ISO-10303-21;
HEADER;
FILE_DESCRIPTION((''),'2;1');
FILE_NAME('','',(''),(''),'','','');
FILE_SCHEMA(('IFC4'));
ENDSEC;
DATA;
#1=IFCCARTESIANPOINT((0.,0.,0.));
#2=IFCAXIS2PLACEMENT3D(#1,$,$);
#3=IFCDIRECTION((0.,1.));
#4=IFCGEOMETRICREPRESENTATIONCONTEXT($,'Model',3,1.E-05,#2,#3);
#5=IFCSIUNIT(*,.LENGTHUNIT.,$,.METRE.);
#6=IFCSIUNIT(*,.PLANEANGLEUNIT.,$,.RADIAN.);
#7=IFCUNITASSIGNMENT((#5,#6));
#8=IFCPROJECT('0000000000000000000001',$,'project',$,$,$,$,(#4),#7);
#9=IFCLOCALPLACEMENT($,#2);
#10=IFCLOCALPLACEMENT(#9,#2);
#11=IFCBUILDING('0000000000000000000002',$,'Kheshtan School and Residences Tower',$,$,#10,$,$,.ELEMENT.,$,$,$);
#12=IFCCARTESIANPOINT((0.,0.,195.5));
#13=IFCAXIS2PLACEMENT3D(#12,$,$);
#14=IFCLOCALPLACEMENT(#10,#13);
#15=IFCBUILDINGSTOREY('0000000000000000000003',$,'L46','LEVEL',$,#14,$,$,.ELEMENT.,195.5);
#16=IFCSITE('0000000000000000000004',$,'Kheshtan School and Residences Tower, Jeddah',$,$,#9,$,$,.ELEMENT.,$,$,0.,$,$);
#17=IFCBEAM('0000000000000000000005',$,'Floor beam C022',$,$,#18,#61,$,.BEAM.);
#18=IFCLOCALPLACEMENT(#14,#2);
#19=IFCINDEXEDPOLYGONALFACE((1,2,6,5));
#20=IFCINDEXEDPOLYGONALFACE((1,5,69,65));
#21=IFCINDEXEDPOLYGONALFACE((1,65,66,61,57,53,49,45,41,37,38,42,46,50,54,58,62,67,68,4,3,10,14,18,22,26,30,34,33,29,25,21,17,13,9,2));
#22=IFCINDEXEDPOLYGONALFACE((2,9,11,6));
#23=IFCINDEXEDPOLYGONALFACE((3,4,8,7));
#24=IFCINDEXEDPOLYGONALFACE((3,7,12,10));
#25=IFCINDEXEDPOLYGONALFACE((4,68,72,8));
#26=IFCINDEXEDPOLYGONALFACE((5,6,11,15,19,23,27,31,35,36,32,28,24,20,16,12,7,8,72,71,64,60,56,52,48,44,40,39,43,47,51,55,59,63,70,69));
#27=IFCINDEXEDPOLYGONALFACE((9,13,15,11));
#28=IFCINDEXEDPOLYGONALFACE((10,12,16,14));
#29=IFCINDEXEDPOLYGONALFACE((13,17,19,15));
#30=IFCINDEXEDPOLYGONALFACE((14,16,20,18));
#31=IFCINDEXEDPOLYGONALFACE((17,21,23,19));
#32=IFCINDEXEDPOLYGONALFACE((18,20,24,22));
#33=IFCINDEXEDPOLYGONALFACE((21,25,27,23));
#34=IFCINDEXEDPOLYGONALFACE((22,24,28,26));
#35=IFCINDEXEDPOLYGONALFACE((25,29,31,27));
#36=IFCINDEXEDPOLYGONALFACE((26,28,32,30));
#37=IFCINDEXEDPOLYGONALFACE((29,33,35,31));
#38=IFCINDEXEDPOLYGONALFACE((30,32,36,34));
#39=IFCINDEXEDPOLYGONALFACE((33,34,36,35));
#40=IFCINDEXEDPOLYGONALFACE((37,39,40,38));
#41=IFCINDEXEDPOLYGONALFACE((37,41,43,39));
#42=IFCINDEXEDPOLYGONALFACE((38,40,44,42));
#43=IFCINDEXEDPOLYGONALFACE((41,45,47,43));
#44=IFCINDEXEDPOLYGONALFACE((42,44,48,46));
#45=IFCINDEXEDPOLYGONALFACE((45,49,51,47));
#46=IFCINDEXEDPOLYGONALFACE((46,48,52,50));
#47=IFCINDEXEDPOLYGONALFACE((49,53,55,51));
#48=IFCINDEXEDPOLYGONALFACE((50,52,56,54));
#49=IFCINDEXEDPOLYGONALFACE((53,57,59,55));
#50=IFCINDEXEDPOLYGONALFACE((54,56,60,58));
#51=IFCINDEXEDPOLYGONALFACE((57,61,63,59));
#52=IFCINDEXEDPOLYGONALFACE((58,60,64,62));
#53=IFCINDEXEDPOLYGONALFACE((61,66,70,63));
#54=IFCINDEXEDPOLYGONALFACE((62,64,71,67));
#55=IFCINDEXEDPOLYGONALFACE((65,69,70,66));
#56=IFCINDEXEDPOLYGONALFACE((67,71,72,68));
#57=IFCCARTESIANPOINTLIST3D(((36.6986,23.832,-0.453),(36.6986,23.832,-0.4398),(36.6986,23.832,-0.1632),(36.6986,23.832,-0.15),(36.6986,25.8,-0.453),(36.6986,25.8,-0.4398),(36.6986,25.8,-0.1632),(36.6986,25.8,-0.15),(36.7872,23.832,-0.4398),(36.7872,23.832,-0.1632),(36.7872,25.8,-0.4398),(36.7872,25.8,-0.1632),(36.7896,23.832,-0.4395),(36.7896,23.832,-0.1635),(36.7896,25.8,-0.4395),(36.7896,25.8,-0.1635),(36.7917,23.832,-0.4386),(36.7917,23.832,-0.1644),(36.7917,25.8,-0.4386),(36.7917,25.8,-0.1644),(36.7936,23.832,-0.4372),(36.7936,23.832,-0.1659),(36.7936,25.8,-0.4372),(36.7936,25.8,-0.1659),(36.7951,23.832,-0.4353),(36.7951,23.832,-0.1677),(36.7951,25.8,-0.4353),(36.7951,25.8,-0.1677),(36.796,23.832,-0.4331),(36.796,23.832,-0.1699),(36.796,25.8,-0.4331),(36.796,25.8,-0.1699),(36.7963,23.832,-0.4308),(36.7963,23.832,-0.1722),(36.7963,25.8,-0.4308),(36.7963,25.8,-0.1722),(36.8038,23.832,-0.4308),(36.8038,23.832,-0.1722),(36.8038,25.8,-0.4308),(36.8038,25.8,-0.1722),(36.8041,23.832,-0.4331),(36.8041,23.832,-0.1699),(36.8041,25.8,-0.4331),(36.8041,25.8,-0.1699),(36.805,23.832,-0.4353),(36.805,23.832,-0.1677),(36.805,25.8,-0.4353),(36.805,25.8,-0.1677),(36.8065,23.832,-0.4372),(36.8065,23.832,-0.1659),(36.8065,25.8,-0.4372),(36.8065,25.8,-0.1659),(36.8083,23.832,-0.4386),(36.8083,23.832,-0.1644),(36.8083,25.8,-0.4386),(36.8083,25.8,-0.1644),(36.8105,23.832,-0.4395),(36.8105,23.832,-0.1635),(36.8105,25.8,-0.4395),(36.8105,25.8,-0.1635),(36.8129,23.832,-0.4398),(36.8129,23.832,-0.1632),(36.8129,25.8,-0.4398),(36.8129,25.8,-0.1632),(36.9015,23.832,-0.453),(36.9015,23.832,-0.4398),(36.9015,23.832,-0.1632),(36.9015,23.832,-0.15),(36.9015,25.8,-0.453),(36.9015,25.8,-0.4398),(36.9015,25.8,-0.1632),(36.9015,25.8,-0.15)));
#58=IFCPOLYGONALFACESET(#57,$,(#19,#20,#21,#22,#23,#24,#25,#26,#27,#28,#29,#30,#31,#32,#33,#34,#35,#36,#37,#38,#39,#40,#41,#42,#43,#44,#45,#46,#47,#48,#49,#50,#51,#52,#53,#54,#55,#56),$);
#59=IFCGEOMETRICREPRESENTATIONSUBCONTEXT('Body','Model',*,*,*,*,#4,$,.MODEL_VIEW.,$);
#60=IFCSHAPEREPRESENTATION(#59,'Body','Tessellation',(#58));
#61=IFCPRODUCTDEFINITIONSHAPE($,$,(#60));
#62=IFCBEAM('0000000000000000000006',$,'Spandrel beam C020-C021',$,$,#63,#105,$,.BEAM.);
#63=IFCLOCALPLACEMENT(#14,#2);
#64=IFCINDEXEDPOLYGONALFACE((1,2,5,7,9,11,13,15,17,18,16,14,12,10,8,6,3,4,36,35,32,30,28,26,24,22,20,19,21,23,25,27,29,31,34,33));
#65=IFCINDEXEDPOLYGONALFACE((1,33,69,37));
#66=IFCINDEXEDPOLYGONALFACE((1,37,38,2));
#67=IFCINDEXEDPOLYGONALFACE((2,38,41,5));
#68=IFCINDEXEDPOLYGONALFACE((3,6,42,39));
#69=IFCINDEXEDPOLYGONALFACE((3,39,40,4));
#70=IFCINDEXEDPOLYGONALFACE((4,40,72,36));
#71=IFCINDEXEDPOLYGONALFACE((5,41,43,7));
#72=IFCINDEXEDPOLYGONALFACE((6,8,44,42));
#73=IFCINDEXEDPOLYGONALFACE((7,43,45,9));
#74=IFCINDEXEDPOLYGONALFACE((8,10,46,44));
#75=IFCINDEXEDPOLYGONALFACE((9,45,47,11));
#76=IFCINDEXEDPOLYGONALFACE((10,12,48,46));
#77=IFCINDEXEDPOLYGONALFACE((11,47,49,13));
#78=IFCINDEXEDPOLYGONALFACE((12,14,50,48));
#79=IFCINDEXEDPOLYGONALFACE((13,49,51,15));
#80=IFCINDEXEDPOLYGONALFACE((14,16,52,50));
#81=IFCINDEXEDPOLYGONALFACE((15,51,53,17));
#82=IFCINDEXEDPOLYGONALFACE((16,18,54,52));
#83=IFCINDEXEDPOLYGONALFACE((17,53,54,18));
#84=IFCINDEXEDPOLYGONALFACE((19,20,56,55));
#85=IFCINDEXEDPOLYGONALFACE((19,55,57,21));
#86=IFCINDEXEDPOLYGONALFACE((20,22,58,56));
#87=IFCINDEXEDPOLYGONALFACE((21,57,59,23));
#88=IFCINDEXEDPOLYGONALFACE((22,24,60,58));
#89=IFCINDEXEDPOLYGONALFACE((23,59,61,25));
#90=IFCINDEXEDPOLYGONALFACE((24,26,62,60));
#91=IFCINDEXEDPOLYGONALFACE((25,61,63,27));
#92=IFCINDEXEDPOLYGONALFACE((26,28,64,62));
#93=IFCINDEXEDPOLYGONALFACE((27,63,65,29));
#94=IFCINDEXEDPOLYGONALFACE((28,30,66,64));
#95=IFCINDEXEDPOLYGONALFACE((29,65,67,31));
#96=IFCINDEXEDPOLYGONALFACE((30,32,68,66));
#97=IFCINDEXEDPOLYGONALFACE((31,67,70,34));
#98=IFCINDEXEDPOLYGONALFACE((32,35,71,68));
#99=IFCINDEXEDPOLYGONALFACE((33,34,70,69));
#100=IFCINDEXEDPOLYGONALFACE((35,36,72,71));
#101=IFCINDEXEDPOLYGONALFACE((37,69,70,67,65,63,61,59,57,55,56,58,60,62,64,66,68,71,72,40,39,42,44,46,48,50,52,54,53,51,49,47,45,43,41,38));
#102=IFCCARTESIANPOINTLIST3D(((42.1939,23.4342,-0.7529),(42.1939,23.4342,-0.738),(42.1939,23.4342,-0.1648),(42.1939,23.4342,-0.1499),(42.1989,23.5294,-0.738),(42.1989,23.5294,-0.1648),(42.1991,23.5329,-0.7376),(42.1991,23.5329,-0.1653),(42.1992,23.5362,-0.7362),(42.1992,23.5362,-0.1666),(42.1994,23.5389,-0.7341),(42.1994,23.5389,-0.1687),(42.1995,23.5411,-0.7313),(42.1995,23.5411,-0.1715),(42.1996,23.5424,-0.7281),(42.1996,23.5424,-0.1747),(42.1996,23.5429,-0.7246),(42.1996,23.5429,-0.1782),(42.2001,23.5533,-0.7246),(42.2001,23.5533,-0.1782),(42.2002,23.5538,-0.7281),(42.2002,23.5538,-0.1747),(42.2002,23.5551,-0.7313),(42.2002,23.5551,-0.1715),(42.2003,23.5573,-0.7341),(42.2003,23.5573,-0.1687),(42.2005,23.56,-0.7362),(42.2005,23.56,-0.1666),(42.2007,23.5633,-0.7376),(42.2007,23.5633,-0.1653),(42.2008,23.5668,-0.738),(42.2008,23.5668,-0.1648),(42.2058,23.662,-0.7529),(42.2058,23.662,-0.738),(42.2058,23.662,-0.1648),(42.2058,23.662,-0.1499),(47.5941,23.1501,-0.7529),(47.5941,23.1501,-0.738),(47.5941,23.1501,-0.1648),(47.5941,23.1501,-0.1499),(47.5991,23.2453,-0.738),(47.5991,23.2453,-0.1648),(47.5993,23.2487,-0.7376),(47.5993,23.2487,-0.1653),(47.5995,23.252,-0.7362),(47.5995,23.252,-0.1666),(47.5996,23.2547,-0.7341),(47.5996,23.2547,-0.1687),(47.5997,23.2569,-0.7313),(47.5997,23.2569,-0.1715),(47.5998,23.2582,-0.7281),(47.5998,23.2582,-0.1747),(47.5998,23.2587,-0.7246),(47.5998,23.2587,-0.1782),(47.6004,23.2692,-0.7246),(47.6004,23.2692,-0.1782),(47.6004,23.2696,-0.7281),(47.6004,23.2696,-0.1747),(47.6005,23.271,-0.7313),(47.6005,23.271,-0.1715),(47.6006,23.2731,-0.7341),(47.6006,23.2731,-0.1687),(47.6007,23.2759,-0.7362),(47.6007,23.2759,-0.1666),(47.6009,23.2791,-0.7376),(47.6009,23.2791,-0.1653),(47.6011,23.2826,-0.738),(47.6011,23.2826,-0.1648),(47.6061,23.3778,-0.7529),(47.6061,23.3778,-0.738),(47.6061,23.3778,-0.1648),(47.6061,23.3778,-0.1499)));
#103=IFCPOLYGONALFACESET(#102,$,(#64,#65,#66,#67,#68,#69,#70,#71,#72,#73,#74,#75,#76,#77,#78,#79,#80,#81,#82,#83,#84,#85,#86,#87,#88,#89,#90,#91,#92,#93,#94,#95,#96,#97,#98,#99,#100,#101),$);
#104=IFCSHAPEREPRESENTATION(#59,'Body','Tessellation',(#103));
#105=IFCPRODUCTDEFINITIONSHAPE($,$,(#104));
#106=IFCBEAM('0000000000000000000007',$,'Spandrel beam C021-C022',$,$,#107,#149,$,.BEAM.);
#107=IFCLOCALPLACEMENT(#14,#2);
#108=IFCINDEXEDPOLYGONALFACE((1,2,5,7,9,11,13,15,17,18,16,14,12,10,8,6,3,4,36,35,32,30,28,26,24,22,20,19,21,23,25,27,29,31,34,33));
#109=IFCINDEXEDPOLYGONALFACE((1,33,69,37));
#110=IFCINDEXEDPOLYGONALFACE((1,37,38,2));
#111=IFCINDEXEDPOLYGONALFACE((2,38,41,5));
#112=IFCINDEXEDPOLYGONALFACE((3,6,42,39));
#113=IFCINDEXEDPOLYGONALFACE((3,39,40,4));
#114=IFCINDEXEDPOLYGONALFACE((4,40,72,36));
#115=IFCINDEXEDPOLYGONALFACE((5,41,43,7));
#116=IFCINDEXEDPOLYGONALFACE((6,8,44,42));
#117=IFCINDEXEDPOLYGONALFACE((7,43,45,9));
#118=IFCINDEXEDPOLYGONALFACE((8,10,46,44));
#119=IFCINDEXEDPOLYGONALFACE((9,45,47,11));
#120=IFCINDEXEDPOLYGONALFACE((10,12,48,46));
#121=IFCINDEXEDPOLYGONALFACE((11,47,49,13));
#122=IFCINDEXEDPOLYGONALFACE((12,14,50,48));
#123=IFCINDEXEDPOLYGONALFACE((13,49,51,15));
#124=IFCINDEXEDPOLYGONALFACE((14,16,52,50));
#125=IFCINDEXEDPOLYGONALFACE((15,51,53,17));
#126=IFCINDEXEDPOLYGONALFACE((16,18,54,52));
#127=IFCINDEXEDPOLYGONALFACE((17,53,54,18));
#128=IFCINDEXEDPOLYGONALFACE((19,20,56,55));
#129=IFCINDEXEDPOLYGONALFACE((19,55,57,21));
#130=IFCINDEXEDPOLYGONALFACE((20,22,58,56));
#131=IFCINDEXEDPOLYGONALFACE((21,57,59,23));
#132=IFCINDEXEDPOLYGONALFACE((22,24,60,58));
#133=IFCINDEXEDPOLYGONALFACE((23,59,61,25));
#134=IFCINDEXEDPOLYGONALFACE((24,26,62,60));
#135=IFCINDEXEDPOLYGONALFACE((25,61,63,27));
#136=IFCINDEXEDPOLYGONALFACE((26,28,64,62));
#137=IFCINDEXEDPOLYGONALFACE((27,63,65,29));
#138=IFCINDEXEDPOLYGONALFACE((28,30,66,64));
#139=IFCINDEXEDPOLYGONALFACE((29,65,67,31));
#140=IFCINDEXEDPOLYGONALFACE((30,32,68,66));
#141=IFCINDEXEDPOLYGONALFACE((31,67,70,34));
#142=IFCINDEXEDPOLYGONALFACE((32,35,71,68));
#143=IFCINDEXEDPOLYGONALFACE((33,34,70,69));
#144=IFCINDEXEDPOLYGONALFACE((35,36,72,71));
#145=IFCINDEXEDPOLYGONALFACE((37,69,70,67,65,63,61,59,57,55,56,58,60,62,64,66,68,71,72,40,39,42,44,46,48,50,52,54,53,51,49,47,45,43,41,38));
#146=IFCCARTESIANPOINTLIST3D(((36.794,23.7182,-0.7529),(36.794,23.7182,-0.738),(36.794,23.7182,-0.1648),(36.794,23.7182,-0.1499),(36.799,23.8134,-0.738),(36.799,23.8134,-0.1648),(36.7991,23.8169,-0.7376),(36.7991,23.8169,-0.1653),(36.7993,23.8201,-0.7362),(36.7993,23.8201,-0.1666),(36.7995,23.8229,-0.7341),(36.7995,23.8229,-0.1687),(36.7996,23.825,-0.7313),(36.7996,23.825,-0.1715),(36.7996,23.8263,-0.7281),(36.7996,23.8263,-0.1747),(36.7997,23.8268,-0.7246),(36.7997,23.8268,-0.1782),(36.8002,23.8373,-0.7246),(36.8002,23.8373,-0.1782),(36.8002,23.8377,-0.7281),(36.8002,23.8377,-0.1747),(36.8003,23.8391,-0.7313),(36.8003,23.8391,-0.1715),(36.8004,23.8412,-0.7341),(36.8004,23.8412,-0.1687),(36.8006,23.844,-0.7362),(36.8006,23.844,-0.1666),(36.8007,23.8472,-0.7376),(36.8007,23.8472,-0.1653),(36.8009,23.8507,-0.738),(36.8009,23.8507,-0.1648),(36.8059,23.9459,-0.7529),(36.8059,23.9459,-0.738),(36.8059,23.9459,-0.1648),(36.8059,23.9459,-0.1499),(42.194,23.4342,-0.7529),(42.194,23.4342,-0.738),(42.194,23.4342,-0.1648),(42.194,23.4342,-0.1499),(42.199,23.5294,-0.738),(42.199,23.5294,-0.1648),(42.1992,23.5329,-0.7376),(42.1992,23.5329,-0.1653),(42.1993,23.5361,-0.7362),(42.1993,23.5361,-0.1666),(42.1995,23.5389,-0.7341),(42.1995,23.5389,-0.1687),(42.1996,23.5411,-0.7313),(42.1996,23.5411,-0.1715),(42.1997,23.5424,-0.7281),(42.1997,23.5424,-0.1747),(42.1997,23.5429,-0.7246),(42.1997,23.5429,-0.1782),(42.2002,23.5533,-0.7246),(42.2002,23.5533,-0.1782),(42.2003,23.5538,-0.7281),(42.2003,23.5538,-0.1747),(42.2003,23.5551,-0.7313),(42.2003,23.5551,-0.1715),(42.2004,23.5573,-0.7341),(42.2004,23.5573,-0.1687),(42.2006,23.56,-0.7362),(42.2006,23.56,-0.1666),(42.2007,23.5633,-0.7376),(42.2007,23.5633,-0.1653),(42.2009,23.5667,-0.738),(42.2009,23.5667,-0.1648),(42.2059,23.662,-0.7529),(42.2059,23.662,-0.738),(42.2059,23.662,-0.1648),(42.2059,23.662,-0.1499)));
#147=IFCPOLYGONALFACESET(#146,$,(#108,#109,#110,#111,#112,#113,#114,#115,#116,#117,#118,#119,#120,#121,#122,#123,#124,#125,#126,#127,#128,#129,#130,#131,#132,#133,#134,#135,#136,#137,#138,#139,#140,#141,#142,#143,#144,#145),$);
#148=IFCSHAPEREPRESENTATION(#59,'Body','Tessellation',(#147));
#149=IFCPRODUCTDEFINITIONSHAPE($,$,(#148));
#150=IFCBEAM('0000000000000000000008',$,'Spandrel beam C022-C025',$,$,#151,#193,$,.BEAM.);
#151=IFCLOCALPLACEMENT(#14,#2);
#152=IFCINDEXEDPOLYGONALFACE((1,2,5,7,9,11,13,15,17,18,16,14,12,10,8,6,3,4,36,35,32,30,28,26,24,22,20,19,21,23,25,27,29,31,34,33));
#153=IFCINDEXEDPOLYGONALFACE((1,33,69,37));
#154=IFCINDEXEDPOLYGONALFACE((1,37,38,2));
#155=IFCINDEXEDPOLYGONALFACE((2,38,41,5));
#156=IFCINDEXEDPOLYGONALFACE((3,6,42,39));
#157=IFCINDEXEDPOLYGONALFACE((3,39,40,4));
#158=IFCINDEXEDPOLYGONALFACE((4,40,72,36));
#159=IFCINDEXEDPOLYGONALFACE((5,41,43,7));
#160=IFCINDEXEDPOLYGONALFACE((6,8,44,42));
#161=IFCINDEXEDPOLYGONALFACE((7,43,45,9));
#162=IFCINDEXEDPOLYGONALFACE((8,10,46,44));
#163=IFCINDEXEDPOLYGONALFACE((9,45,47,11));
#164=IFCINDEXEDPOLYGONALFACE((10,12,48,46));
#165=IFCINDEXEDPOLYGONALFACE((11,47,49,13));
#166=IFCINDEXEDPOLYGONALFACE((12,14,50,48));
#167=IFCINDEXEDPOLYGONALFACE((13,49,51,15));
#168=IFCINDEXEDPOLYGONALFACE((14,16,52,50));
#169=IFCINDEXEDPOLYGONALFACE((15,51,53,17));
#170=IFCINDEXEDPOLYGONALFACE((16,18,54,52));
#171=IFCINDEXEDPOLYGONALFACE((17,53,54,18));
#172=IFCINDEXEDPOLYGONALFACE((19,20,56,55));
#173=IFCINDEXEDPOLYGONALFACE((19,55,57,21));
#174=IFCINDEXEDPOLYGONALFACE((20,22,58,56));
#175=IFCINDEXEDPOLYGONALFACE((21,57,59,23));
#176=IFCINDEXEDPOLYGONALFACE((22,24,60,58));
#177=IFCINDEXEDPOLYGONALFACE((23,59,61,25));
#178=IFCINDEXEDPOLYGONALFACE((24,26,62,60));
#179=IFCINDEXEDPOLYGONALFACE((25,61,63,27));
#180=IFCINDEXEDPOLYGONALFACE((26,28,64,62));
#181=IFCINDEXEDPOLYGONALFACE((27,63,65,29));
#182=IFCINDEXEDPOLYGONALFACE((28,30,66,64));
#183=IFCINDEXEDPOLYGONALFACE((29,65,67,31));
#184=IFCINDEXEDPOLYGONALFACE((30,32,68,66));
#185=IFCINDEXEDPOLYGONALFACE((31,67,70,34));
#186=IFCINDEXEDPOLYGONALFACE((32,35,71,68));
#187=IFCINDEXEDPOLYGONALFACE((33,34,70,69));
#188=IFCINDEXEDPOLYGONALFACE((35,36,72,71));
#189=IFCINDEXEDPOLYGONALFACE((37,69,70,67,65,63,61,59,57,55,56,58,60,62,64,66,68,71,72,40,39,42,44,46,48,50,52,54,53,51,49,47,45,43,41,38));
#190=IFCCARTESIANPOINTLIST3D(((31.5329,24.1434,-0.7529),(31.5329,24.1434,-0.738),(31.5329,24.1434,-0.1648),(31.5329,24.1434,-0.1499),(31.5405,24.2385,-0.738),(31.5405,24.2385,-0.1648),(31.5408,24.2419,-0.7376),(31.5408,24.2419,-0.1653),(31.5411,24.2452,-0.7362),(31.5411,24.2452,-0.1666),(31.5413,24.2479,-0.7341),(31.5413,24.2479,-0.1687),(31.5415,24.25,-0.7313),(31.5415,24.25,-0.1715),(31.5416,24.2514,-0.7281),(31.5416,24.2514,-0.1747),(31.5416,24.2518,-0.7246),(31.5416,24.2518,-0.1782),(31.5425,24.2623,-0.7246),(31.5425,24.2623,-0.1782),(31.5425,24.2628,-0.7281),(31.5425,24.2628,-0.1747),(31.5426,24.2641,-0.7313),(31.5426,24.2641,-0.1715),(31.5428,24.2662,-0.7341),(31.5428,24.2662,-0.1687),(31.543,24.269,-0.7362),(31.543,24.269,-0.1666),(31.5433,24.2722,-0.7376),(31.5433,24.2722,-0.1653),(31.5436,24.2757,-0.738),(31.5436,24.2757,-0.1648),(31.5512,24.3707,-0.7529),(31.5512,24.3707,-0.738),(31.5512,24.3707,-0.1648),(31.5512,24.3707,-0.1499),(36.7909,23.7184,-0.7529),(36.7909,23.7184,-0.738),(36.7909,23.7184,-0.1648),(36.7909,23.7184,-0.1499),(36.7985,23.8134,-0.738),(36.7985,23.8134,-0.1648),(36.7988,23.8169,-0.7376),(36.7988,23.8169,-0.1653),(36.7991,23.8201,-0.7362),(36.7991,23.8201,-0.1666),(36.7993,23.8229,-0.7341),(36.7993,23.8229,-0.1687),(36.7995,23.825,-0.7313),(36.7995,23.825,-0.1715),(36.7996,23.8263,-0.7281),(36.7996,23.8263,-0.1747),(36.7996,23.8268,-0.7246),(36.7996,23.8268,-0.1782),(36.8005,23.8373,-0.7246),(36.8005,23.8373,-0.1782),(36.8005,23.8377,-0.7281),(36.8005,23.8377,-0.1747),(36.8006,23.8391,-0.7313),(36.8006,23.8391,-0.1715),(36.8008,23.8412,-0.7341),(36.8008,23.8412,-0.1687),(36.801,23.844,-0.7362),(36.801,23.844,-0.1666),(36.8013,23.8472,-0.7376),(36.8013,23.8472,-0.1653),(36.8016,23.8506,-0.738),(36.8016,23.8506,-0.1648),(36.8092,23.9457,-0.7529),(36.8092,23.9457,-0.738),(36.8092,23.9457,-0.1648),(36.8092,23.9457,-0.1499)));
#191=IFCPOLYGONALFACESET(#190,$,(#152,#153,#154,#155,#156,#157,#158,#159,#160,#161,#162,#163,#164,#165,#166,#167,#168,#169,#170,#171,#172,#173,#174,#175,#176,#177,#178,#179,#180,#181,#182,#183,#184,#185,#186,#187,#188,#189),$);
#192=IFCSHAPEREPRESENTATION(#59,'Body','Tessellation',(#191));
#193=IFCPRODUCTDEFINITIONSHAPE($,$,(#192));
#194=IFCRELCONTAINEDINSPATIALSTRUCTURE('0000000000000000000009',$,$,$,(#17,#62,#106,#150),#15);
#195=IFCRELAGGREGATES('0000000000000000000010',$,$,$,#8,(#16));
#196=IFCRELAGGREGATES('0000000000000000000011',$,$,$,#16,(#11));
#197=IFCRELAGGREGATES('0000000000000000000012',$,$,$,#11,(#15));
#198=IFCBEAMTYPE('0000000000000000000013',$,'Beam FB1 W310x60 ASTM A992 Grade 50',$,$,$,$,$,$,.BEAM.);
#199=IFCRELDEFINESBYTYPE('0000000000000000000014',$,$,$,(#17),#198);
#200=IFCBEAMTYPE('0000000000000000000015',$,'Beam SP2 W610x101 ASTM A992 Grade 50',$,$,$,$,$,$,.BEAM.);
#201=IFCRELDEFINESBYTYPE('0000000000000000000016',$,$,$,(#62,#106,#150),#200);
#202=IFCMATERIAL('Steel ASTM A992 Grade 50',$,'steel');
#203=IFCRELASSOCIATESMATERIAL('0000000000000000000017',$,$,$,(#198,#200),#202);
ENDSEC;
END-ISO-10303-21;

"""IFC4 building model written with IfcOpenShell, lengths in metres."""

from ifc_helpers import new_model, si_unit, direction, frame, origin, origin_2d, place, context, subcontext, project, spatial, i_section, extrude, material, material_profile, profile_set, type_object, element, save


model = new_model("IFC4")

# Units and contexts
model_context = context("Model", 3, precision=1e-05, world=origin(), true_north=direction((0.0, 1.0)))
body_context = subcontext(model_context, "Body", "Model", "MODEL_VIEW")
ifc_project = project(units=[si_unit("LENGTHUNIT", "METRE"), si_unit("PLANEANGLEUNIT", "RADIAN")], contexts=[model_context])

# Site, building, storey
site_placement = place(None, origin())
site = spatial("IfcSite", under=ifc_project, at=site_placement, Name="Kheshtan School and Residences Tower, Jeddah", CompositionType="ELEMENT", RefElevation=0.0)
building_placement = place(site_placement, origin())
building = spatial("IfcBuilding", under=site, at=building_placement, Name="Kheshtan School and Residences Tower", CompositionType="ELEMENT")
storey_placement = place(building_placement, frame((0.0, 0.0, 195.5)))
storey = spatial("IfcBuildingStorey", under=building, at=storey_placement, Name="L46", Description="LEVEL", CompositionType="ELEMENT", Elevation=195.5)

# Shared definitions
ifc_material_1 = material(Name="Steel ASTM A992 Grade 50", Category="steel")

# Beams
ifc_material_profile_1 = material_profile(ifc_material_1, i_section(OverallWidth=0.2029, OverallDepth=0.303, WebThickness=0.0076, FlangeThickness=0.0132, FilletRadius=0.009, at=origin_2d()), Name="W310x60")
ifc_profile_set_1 = profile_set([ifc_material_profile_1], Name="Steel ASTM A992 Grade 50")
beam_type_1 = type_object("IfcBeamType", Name="Beam FB1 W310x60 ASTM A992 Grade 50", PredefinedType="BEAM", material=ifc_profile_set_1)
beam_1_placement = place(storey_placement, frame((36.8, 23.832, -0.3015), z_axis=(0.0, 1.0, 0.0), x_axis=(-1.0, 0.0, 0.0)))
element("IfcBeam", 1, at=beam_1_placement, inside=storey, type_object=beam_type_1, Name="Floor beam C022", PredefinedType="BEAM", context=body_context, shape_type="SweptSolid", body=[
    extrude(i_section(OverallWidth=0.2029, OverallDepth=0.303, WebThickness=0.0076, FlangeThickness=0.0132, FilletRadius=0.009, at=origin_2d()), origin(), (0.0, 0.0, 1.0), 1.968),
])
ifc_material_profile_2 = material_profile(ifc_material_1, i_section(OverallWidth=0.228, OverallDepth=0.603, WebThickness=0.0105, FlangeThickness=0.0149, FilletRadius=0.0134, at=origin_2d()), Name="W610x101")
ifc_profile_set_2 = profile_set([ifc_material_profile_2], Name="Steel ASTM A992 Grade 50")
beam_type_2 = type_object("IfcBeamType", Name="Beam SP2 W610x101 ASTM A992 Grade 50", PredefinedType="BEAM", material=ifc_profile_set_2)
beam_2_placement = place(storey_placement, frame((47.6001, 23.2639, -0.4514), z_axis=(-0.998618, 0.052552, 0.0), x_axis=(-0.052552, -0.998618, 0.0)))
element("IfcBeam", 2, at=beam_2_placement, inside=storey, type_object=beam_type_2, Name="Spandrel beam C020-C021", PredefinedType="BEAM", context=body_context, shape_type="SweptSolid", body=[
    extrude(i_section(OverallWidth=0.228, OverallDepth=0.603, WebThickness=0.0105, FlangeThickness=0.0149, FilletRadius=0.0134, at=origin_2d()), origin(), (0.0, 0.0, 1.0), 5.4077),
])
beam_3_placement = place(storey_placement, frame((42.2, 23.5481, -0.4514), z_axis=(-0.99862, 0.052509, 0.0), x_axis=(-0.052509, -0.99862, 0.0)))
element("IfcBeam", 3, at=beam_3_placement, inside=storey, type_object=beam_type_2, Name="Spandrel beam C021-C022", PredefinedType="BEAM", context=body_context, shape_type="SweptSolid", body=[
    extrude(i_section(OverallWidth=0.228, OverallDepth=0.603, WebThickness=0.0105, FlangeThickness=0.0149, FilletRadius=0.0134, at=origin_2d()), origin(), (0.0, 0.0, 1.0), 5.4075),
])
beam_4_placement = place(storey_placement, frame((36.8, 23.832, -0.4514), z_axis=(-0.996749, 0.080575, 0.0), x_axis=(-0.080575, -0.996749, 0.0)))
element("IfcBeam", 4, at=beam_4_placement, inside=storey, type_object=beam_type_2, Name="Spandrel beam C022-C025", PredefinedType="BEAM", context=body_context, shape_type="SweptSolid", body=[
    extrude(i_section(OverallWidth=0.228, OverallDepth=0.603, WebThickness=0.0105, FlangeThickness=0.0149, FilletRadius=0.0134, at=origin_2d()), origin(), (0.0, 0.0, 1.0), 5.2751),
])

save(model, "model.ifc")
